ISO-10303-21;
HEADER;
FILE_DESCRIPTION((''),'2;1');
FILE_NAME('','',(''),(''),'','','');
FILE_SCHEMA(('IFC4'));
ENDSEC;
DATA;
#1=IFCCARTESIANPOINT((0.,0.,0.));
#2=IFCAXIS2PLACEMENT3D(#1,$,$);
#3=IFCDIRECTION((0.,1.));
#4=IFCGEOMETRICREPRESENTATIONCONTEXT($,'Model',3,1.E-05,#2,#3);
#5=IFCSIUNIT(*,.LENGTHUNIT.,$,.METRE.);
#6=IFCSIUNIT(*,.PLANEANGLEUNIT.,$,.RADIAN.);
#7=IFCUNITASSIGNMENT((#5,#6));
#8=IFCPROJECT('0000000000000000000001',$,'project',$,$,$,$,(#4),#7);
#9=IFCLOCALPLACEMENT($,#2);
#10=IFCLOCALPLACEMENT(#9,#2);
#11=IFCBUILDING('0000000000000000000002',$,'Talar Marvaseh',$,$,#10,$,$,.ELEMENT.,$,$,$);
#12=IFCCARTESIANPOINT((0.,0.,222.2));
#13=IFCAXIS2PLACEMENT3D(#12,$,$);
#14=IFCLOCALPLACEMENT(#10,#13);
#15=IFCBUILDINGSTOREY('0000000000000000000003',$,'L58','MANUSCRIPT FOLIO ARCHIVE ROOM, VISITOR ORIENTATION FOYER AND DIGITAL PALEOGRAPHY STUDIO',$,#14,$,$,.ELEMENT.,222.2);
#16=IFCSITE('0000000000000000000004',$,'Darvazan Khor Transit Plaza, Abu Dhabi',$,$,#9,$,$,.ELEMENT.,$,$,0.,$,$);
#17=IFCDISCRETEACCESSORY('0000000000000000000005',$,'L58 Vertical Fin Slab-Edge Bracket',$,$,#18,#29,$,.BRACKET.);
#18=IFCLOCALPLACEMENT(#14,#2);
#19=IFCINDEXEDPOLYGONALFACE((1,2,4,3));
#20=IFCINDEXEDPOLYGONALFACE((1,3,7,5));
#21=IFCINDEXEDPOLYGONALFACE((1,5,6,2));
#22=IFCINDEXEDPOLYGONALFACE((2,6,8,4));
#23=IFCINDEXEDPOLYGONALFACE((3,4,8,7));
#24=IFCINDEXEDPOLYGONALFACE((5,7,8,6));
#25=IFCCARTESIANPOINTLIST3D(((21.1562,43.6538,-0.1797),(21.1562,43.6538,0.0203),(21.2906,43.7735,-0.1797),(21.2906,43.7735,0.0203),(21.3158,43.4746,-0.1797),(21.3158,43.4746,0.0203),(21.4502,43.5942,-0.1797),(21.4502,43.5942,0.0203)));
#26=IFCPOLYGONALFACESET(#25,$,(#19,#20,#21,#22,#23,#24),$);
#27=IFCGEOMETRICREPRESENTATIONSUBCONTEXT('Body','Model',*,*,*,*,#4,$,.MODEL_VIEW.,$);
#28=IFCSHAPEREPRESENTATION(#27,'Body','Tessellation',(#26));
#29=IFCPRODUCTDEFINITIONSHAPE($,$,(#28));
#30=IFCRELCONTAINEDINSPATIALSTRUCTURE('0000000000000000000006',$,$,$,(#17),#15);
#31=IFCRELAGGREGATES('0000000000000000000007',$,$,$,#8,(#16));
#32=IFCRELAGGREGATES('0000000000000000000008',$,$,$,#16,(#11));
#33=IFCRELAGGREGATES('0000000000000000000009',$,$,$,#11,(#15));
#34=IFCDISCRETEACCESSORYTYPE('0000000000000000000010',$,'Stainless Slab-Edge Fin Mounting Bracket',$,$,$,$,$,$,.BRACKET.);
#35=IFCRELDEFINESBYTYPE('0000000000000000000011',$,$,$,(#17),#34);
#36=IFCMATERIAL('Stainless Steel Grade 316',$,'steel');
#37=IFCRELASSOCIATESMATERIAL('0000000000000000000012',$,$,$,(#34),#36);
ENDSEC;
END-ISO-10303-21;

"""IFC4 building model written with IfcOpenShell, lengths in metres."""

from ifc_helpers import new_model, si_unit, direction, frame, origin, origin_2d, place, context, subcontext, project, spatial, rectangle, extrude, source, transform, mapped, material, type_object, type_shapes, element, save


model = new_model("IFC4")

# Units and contexts
model_context = context("Model", 3, precision=1e-05, world=origin(), true_north=direction((0.0, 1.0)))
body_context = subcontext(model_context, "Body", "Model", "MODEL_VIEW")
ifc_project = project(units=[si_unit("LENGTHUNIT", "METRE"), si_unit("PLANEANGLEUNIT", "RADIAN")], contexts=[model_context])

# Site, building, storey
site_placement = place(None, origin())
site = spatial("IfcSite", under=ifc_project, at=site_placement, Name="Darvazan Khor Transit Plaza, Abu Dhabi", CompositionType="ELEMENT", RefElevation=0.0)
building_placement = place(site_placement, origin())
building = spatial("IfcBuilding", under=site, at=building_placement, Name="Talar Marvaseh", CompositionType="ELEMENT")
storey_placement = place(building_placement, frame((0.0, 0.0, 222.2)))
storey = spatial("IfcBuildingStorey", under=building, at=storey_placement, Name="L58", Description="MANUSCRIPT FOLIO ARCHIVE ROOM, VISITOR ORIENTATION FOYER AND DIGITAL PALEOGRAPHY STUDIO", CompositionType="ELEMENT", Elevation=222.2)

# Discrete accessory
ifc_material_1 = material(Name="Stainless Steel Grade 316", Category="steel")
discrete_accessory_type = type_object("IfcDiscreteAccessoryType", Name="Stainless Slab-Edge Fin Mounting Bracket", PredefinedType="BRACKET", material=ifc_material_1)
shared_shape_1 = source(origin(), body_context, "Body", "SweptSolid", [
    extrude(rectangle(XDim=0.24, YDim=0.1799, at=origin_2d()), origin(), (0.0, 0.0, 1.0), 0.2),
])
type_shapes(discrete_accessory_type, [shared_shape_1])
for number, where, z_axis, x_axis, name in (
    (1, (21.3032, 43.624, -0.1797), (0.0, 0.0, 1.0), (-0.66497, 0.74687, 0.0), "L58 Vertical Fin Slab-Edge Bracket"),
):
    element("IfcDiscreteAccessory", number, at=place(storey_placement, frame(where, z_axis=z_axis, x_axis=x_axis)), inside=storey, type_object=discrete_accessory_type, Name=name, PredefinedType="BRACKET", context=body_context, shape_type="MappedRepresentation", body=[
        mapped(shared_shape_1, transform((0.0, 0.0, 0.0), x_axis=(1.0, 0.0, 0.0), y_axis=(0.0, 1.0, 0.0), z_axis=(0.0, 0.0, 1.0), scale=1.0)),
    ])

save(model, "model.ifc")
